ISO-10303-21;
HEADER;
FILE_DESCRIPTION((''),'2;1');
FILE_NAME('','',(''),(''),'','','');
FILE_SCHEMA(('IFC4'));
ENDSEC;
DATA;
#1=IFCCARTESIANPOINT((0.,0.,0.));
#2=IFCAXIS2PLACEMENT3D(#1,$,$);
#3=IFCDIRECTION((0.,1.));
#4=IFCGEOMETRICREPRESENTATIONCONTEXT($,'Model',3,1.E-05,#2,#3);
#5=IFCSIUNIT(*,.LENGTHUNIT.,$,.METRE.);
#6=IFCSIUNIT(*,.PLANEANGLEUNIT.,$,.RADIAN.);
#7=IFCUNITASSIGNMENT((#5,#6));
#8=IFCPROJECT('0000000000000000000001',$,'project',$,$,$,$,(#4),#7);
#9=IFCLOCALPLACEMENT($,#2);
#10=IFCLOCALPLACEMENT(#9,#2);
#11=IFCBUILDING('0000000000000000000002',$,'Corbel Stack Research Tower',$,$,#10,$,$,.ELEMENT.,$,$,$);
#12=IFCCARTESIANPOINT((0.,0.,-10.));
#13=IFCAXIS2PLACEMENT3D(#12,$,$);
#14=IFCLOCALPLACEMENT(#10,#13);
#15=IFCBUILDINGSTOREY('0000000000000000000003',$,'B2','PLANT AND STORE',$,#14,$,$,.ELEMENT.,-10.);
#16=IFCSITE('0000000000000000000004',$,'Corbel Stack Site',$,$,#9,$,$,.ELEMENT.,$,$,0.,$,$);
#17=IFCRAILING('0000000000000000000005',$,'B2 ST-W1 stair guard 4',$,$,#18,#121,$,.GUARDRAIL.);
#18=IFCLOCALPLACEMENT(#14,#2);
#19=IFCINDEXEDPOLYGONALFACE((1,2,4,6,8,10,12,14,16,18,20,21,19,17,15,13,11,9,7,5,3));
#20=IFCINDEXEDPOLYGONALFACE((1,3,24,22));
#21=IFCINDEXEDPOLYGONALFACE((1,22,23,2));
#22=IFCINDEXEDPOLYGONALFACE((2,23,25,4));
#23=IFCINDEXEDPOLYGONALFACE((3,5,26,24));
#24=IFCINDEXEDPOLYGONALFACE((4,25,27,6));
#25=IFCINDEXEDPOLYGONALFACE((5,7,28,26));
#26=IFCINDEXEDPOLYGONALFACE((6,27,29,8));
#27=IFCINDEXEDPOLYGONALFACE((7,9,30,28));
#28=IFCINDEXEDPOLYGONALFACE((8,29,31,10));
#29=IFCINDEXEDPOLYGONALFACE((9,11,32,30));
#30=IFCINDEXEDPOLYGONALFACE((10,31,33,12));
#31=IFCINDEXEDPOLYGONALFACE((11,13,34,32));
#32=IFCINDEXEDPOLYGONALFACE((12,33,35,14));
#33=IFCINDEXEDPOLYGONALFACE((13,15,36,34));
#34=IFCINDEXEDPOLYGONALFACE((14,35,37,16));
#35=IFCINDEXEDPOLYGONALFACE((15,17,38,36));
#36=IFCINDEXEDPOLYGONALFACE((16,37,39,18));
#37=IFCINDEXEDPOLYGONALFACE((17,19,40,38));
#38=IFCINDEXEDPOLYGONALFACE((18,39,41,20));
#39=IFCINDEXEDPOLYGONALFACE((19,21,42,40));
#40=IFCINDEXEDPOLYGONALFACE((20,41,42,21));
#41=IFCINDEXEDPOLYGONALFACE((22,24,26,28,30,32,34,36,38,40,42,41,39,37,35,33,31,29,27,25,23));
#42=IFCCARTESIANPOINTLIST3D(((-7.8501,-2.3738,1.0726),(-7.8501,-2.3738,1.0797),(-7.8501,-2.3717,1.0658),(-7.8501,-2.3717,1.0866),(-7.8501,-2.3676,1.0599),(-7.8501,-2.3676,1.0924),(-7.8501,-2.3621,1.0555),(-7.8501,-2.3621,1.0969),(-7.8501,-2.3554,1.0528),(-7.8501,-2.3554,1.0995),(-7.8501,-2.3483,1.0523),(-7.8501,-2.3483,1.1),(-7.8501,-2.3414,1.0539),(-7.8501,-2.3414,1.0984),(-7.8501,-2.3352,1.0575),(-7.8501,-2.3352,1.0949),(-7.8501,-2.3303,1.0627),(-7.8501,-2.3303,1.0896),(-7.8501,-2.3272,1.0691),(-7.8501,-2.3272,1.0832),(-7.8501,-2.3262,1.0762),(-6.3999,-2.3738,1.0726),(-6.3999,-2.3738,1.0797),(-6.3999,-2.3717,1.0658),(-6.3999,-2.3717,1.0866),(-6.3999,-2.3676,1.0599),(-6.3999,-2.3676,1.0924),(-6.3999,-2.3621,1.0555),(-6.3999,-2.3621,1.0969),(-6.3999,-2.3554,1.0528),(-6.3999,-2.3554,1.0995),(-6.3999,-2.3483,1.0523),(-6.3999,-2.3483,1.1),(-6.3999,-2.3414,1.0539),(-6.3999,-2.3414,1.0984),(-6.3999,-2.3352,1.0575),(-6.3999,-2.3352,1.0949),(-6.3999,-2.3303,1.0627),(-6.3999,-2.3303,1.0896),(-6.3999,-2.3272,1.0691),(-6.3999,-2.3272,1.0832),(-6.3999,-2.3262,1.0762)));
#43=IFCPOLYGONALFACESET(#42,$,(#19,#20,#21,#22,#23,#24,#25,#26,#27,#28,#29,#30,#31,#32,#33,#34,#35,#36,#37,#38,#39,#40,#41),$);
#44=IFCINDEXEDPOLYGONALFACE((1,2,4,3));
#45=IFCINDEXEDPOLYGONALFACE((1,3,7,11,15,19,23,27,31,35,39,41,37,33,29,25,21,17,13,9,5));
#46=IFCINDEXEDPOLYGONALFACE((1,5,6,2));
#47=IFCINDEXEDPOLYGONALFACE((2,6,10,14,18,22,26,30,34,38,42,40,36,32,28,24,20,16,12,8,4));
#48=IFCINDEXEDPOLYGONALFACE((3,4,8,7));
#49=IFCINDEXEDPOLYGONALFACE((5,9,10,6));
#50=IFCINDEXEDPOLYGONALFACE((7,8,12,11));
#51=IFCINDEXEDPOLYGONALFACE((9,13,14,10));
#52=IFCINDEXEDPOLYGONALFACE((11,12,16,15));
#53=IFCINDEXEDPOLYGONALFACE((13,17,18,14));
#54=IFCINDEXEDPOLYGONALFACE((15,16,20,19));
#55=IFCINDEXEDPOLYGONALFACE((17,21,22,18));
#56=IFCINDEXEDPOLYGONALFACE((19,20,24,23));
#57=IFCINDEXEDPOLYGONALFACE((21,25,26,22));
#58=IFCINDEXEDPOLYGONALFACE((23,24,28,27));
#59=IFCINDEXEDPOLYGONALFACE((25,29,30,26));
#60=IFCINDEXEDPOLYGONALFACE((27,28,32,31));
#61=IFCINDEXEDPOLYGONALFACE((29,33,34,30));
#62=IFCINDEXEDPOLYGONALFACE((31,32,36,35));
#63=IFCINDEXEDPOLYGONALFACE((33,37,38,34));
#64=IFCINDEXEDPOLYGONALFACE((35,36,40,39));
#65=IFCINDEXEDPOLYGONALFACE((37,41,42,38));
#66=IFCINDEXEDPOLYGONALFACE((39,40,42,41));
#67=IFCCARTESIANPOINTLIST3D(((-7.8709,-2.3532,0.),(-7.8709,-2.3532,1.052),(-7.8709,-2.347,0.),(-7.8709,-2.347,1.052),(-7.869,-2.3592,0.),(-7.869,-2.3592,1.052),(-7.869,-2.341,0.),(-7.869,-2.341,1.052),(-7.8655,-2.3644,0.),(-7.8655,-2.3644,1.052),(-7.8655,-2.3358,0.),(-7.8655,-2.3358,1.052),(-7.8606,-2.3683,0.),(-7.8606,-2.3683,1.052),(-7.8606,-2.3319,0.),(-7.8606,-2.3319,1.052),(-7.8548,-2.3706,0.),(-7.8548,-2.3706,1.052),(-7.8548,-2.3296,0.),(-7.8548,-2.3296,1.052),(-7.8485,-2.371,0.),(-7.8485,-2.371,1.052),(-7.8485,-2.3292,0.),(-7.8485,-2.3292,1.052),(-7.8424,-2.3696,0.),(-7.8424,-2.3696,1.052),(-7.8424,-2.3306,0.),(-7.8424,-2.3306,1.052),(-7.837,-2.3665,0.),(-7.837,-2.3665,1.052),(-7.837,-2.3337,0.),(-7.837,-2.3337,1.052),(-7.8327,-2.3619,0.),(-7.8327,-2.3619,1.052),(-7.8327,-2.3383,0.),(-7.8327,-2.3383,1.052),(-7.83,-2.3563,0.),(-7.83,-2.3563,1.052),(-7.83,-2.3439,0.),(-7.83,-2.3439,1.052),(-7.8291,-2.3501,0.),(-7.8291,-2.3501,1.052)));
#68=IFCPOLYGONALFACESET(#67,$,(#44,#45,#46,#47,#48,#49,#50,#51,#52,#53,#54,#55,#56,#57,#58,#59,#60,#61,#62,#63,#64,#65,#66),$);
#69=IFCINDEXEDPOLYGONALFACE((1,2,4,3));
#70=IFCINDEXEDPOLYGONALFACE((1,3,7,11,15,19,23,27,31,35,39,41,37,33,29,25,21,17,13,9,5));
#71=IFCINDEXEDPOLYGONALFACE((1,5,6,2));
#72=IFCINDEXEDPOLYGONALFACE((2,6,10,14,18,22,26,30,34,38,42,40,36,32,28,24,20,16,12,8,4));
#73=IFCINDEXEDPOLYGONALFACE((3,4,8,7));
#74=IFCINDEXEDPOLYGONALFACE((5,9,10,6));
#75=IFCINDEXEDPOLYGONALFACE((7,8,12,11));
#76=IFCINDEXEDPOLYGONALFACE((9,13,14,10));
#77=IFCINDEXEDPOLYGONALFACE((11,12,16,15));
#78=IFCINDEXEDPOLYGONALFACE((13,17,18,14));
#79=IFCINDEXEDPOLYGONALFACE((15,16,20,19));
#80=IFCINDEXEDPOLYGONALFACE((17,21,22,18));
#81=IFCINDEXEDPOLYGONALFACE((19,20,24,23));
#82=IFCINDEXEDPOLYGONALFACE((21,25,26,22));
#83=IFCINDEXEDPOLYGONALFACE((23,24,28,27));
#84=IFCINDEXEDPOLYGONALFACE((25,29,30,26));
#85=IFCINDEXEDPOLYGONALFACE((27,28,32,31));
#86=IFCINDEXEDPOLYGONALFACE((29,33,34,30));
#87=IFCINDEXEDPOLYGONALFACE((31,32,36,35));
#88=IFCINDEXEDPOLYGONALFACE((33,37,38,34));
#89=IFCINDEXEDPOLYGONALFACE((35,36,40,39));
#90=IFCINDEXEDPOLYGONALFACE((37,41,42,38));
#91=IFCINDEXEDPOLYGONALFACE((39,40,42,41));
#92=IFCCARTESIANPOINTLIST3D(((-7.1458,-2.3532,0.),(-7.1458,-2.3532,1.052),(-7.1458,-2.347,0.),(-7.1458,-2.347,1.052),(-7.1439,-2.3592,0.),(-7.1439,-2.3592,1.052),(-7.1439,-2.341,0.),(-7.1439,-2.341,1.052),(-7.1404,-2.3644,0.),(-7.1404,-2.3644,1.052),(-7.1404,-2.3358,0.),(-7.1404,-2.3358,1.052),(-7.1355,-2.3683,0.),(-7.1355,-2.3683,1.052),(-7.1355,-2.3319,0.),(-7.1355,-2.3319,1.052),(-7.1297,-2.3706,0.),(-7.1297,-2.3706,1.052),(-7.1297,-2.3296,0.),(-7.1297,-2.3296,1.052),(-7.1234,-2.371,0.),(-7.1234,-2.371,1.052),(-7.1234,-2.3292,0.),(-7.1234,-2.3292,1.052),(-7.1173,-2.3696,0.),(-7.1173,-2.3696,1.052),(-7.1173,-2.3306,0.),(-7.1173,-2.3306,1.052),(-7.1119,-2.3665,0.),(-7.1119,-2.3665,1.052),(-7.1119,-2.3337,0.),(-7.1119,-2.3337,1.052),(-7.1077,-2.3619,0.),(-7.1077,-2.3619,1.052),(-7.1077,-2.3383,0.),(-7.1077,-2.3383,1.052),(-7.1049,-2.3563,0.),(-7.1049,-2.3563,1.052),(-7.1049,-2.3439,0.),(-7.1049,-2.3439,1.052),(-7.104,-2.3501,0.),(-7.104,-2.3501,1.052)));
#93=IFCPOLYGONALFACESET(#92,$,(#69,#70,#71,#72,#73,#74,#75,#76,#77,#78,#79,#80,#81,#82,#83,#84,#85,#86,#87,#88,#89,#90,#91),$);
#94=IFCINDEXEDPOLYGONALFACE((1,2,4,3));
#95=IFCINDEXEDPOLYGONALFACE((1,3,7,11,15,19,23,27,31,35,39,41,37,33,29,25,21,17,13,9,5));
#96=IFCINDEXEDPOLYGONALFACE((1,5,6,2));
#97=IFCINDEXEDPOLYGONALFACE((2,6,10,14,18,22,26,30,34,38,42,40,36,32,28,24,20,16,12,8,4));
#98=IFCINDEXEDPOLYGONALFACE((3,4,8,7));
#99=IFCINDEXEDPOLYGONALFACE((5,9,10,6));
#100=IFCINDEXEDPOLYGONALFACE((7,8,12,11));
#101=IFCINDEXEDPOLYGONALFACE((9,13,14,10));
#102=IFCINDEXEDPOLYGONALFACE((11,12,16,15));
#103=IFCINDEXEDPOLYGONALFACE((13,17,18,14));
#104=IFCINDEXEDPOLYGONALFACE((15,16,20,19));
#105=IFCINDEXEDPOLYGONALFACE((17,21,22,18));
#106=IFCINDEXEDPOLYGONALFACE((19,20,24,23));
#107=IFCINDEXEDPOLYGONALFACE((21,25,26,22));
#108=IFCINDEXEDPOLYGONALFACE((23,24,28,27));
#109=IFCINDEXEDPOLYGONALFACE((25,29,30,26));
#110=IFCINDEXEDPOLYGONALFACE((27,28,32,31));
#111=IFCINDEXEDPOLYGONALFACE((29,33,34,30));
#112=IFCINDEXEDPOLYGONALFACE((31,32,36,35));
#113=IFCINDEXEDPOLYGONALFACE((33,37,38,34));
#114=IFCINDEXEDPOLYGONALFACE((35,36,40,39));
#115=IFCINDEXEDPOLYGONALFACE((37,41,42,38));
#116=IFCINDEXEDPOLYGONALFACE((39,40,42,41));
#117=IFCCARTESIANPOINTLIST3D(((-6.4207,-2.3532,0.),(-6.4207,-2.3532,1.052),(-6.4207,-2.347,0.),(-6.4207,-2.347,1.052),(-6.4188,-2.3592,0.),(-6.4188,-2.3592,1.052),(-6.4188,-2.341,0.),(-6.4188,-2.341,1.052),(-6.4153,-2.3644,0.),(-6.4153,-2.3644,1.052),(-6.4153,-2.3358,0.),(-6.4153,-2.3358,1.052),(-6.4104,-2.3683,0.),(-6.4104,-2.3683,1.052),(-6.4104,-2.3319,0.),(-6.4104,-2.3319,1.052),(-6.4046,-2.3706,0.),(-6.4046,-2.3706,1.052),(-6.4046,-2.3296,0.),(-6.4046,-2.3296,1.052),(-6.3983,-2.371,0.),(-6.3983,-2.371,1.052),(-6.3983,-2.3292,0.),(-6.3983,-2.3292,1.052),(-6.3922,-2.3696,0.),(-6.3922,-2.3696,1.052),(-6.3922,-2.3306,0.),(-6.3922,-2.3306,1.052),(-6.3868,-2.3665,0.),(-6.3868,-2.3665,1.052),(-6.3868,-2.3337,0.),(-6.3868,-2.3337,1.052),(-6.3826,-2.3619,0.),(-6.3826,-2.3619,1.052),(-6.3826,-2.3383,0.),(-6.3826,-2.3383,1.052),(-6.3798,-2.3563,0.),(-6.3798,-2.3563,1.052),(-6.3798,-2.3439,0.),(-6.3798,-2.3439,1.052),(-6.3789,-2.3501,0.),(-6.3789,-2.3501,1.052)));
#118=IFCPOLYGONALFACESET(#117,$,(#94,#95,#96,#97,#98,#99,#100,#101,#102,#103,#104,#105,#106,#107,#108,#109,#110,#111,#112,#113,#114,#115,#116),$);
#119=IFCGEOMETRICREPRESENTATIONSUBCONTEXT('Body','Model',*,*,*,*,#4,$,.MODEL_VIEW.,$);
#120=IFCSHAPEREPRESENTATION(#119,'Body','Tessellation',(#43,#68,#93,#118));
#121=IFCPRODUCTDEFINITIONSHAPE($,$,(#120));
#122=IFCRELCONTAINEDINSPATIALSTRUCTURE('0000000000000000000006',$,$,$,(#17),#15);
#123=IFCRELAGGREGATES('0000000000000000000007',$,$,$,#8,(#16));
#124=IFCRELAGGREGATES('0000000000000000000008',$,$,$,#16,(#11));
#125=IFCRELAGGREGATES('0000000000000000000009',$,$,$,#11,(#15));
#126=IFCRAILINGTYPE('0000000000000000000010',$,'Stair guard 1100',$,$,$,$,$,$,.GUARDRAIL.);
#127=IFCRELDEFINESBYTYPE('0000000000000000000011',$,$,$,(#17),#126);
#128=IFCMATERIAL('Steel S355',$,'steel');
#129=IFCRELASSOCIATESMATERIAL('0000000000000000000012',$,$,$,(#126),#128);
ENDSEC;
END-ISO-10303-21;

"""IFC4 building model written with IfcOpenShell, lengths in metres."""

from ifc_helpers import new_model, si_unit, direction, frame, origin, origin_2d, place, context, subcontext, project, spatial, circle, extrude, material, type_object, element, save


model = new_model("IFC4")

# Units and contexts
model_context = context("Model", 3, precision=1e-05, world=origin(), true_north=direction((0.0, 1.0)))
body_context = subcontext(model_context, "Body", "Model", "MODEL_VIEW")
ifc_project = project(units=[si_unit("LENGTHUNIT", "METRE"), si_unit("PLANEANGLEUNIT", "RADIAN")], contexts=[model_context])

# Site, building, storey
site_placement = place(None, origin())
site = spatial("IfcSite", under=ifc_project, at=site_placement, Name="Corbel Stack Site", CompositionType="ELEMENT", RefElevation=0.0)
building_placement = place(site_placement, origin())
building = spatial("IfcBuilding", under=site, at=building_placement, Name="Corbel Stack Research Tower", CompositionType="ELEMENT")
storey_placement = place(building_placement, frame((0.0, 0.0, -10.0)))
storey = spatial("IfcBuildingStorey", under=building, at=storey_placement, Name="B2", Description="PLANT AND STORE", CompositionType="ELEMENT", Elevation=-10.0)

# Railing
ifc_material_1 = material(Name="Steel S355", Category="steel")
railing_type_1 = type_object("IfcRailingType", Name="Stair guard 1100", PredefinedType="GUARDRAIL", material=ifc_material_1)
railing_1_placement = place(storey_placement, frame((-7.8501, -2.3501, 0.0)))
element("IfcRailing", 1, at=railing_1_placement, inside=storey, type_object=railing_type_1, Name="B2 ST-W1 stair guard 4", PredefinedType="GUARDRAIL", context=body_context, shape_type="SweptSolid", body=[
    extrude(circle(Radius=0.0239, at=origin_2d()), frame((0.0, 0.0, 1.0762), z_axis=(1.0, 0.0, 0.0), x_axis=(0.0, 1.0, 0.0)), (0.0, 0.0, 1.0), 1.4502),
    extrude(circle(Radius=0.021, at=origin_2d()), origin(), (0.0, 0.0, 1.0), 1.052),
    extrude(circle(Radius=0.021, at=origin_2d()), frame((0.7251, 0.0, 0.0)), (0.0, 0.0, 1.0), 1.052),
    extrude(circle(Radius=0.021, at=origin_2d()), frame((1.4502, 0.0, 0.0)), (0.0, 0.0, 1.0), 1.052),
])

save(model, "model.ifc")
